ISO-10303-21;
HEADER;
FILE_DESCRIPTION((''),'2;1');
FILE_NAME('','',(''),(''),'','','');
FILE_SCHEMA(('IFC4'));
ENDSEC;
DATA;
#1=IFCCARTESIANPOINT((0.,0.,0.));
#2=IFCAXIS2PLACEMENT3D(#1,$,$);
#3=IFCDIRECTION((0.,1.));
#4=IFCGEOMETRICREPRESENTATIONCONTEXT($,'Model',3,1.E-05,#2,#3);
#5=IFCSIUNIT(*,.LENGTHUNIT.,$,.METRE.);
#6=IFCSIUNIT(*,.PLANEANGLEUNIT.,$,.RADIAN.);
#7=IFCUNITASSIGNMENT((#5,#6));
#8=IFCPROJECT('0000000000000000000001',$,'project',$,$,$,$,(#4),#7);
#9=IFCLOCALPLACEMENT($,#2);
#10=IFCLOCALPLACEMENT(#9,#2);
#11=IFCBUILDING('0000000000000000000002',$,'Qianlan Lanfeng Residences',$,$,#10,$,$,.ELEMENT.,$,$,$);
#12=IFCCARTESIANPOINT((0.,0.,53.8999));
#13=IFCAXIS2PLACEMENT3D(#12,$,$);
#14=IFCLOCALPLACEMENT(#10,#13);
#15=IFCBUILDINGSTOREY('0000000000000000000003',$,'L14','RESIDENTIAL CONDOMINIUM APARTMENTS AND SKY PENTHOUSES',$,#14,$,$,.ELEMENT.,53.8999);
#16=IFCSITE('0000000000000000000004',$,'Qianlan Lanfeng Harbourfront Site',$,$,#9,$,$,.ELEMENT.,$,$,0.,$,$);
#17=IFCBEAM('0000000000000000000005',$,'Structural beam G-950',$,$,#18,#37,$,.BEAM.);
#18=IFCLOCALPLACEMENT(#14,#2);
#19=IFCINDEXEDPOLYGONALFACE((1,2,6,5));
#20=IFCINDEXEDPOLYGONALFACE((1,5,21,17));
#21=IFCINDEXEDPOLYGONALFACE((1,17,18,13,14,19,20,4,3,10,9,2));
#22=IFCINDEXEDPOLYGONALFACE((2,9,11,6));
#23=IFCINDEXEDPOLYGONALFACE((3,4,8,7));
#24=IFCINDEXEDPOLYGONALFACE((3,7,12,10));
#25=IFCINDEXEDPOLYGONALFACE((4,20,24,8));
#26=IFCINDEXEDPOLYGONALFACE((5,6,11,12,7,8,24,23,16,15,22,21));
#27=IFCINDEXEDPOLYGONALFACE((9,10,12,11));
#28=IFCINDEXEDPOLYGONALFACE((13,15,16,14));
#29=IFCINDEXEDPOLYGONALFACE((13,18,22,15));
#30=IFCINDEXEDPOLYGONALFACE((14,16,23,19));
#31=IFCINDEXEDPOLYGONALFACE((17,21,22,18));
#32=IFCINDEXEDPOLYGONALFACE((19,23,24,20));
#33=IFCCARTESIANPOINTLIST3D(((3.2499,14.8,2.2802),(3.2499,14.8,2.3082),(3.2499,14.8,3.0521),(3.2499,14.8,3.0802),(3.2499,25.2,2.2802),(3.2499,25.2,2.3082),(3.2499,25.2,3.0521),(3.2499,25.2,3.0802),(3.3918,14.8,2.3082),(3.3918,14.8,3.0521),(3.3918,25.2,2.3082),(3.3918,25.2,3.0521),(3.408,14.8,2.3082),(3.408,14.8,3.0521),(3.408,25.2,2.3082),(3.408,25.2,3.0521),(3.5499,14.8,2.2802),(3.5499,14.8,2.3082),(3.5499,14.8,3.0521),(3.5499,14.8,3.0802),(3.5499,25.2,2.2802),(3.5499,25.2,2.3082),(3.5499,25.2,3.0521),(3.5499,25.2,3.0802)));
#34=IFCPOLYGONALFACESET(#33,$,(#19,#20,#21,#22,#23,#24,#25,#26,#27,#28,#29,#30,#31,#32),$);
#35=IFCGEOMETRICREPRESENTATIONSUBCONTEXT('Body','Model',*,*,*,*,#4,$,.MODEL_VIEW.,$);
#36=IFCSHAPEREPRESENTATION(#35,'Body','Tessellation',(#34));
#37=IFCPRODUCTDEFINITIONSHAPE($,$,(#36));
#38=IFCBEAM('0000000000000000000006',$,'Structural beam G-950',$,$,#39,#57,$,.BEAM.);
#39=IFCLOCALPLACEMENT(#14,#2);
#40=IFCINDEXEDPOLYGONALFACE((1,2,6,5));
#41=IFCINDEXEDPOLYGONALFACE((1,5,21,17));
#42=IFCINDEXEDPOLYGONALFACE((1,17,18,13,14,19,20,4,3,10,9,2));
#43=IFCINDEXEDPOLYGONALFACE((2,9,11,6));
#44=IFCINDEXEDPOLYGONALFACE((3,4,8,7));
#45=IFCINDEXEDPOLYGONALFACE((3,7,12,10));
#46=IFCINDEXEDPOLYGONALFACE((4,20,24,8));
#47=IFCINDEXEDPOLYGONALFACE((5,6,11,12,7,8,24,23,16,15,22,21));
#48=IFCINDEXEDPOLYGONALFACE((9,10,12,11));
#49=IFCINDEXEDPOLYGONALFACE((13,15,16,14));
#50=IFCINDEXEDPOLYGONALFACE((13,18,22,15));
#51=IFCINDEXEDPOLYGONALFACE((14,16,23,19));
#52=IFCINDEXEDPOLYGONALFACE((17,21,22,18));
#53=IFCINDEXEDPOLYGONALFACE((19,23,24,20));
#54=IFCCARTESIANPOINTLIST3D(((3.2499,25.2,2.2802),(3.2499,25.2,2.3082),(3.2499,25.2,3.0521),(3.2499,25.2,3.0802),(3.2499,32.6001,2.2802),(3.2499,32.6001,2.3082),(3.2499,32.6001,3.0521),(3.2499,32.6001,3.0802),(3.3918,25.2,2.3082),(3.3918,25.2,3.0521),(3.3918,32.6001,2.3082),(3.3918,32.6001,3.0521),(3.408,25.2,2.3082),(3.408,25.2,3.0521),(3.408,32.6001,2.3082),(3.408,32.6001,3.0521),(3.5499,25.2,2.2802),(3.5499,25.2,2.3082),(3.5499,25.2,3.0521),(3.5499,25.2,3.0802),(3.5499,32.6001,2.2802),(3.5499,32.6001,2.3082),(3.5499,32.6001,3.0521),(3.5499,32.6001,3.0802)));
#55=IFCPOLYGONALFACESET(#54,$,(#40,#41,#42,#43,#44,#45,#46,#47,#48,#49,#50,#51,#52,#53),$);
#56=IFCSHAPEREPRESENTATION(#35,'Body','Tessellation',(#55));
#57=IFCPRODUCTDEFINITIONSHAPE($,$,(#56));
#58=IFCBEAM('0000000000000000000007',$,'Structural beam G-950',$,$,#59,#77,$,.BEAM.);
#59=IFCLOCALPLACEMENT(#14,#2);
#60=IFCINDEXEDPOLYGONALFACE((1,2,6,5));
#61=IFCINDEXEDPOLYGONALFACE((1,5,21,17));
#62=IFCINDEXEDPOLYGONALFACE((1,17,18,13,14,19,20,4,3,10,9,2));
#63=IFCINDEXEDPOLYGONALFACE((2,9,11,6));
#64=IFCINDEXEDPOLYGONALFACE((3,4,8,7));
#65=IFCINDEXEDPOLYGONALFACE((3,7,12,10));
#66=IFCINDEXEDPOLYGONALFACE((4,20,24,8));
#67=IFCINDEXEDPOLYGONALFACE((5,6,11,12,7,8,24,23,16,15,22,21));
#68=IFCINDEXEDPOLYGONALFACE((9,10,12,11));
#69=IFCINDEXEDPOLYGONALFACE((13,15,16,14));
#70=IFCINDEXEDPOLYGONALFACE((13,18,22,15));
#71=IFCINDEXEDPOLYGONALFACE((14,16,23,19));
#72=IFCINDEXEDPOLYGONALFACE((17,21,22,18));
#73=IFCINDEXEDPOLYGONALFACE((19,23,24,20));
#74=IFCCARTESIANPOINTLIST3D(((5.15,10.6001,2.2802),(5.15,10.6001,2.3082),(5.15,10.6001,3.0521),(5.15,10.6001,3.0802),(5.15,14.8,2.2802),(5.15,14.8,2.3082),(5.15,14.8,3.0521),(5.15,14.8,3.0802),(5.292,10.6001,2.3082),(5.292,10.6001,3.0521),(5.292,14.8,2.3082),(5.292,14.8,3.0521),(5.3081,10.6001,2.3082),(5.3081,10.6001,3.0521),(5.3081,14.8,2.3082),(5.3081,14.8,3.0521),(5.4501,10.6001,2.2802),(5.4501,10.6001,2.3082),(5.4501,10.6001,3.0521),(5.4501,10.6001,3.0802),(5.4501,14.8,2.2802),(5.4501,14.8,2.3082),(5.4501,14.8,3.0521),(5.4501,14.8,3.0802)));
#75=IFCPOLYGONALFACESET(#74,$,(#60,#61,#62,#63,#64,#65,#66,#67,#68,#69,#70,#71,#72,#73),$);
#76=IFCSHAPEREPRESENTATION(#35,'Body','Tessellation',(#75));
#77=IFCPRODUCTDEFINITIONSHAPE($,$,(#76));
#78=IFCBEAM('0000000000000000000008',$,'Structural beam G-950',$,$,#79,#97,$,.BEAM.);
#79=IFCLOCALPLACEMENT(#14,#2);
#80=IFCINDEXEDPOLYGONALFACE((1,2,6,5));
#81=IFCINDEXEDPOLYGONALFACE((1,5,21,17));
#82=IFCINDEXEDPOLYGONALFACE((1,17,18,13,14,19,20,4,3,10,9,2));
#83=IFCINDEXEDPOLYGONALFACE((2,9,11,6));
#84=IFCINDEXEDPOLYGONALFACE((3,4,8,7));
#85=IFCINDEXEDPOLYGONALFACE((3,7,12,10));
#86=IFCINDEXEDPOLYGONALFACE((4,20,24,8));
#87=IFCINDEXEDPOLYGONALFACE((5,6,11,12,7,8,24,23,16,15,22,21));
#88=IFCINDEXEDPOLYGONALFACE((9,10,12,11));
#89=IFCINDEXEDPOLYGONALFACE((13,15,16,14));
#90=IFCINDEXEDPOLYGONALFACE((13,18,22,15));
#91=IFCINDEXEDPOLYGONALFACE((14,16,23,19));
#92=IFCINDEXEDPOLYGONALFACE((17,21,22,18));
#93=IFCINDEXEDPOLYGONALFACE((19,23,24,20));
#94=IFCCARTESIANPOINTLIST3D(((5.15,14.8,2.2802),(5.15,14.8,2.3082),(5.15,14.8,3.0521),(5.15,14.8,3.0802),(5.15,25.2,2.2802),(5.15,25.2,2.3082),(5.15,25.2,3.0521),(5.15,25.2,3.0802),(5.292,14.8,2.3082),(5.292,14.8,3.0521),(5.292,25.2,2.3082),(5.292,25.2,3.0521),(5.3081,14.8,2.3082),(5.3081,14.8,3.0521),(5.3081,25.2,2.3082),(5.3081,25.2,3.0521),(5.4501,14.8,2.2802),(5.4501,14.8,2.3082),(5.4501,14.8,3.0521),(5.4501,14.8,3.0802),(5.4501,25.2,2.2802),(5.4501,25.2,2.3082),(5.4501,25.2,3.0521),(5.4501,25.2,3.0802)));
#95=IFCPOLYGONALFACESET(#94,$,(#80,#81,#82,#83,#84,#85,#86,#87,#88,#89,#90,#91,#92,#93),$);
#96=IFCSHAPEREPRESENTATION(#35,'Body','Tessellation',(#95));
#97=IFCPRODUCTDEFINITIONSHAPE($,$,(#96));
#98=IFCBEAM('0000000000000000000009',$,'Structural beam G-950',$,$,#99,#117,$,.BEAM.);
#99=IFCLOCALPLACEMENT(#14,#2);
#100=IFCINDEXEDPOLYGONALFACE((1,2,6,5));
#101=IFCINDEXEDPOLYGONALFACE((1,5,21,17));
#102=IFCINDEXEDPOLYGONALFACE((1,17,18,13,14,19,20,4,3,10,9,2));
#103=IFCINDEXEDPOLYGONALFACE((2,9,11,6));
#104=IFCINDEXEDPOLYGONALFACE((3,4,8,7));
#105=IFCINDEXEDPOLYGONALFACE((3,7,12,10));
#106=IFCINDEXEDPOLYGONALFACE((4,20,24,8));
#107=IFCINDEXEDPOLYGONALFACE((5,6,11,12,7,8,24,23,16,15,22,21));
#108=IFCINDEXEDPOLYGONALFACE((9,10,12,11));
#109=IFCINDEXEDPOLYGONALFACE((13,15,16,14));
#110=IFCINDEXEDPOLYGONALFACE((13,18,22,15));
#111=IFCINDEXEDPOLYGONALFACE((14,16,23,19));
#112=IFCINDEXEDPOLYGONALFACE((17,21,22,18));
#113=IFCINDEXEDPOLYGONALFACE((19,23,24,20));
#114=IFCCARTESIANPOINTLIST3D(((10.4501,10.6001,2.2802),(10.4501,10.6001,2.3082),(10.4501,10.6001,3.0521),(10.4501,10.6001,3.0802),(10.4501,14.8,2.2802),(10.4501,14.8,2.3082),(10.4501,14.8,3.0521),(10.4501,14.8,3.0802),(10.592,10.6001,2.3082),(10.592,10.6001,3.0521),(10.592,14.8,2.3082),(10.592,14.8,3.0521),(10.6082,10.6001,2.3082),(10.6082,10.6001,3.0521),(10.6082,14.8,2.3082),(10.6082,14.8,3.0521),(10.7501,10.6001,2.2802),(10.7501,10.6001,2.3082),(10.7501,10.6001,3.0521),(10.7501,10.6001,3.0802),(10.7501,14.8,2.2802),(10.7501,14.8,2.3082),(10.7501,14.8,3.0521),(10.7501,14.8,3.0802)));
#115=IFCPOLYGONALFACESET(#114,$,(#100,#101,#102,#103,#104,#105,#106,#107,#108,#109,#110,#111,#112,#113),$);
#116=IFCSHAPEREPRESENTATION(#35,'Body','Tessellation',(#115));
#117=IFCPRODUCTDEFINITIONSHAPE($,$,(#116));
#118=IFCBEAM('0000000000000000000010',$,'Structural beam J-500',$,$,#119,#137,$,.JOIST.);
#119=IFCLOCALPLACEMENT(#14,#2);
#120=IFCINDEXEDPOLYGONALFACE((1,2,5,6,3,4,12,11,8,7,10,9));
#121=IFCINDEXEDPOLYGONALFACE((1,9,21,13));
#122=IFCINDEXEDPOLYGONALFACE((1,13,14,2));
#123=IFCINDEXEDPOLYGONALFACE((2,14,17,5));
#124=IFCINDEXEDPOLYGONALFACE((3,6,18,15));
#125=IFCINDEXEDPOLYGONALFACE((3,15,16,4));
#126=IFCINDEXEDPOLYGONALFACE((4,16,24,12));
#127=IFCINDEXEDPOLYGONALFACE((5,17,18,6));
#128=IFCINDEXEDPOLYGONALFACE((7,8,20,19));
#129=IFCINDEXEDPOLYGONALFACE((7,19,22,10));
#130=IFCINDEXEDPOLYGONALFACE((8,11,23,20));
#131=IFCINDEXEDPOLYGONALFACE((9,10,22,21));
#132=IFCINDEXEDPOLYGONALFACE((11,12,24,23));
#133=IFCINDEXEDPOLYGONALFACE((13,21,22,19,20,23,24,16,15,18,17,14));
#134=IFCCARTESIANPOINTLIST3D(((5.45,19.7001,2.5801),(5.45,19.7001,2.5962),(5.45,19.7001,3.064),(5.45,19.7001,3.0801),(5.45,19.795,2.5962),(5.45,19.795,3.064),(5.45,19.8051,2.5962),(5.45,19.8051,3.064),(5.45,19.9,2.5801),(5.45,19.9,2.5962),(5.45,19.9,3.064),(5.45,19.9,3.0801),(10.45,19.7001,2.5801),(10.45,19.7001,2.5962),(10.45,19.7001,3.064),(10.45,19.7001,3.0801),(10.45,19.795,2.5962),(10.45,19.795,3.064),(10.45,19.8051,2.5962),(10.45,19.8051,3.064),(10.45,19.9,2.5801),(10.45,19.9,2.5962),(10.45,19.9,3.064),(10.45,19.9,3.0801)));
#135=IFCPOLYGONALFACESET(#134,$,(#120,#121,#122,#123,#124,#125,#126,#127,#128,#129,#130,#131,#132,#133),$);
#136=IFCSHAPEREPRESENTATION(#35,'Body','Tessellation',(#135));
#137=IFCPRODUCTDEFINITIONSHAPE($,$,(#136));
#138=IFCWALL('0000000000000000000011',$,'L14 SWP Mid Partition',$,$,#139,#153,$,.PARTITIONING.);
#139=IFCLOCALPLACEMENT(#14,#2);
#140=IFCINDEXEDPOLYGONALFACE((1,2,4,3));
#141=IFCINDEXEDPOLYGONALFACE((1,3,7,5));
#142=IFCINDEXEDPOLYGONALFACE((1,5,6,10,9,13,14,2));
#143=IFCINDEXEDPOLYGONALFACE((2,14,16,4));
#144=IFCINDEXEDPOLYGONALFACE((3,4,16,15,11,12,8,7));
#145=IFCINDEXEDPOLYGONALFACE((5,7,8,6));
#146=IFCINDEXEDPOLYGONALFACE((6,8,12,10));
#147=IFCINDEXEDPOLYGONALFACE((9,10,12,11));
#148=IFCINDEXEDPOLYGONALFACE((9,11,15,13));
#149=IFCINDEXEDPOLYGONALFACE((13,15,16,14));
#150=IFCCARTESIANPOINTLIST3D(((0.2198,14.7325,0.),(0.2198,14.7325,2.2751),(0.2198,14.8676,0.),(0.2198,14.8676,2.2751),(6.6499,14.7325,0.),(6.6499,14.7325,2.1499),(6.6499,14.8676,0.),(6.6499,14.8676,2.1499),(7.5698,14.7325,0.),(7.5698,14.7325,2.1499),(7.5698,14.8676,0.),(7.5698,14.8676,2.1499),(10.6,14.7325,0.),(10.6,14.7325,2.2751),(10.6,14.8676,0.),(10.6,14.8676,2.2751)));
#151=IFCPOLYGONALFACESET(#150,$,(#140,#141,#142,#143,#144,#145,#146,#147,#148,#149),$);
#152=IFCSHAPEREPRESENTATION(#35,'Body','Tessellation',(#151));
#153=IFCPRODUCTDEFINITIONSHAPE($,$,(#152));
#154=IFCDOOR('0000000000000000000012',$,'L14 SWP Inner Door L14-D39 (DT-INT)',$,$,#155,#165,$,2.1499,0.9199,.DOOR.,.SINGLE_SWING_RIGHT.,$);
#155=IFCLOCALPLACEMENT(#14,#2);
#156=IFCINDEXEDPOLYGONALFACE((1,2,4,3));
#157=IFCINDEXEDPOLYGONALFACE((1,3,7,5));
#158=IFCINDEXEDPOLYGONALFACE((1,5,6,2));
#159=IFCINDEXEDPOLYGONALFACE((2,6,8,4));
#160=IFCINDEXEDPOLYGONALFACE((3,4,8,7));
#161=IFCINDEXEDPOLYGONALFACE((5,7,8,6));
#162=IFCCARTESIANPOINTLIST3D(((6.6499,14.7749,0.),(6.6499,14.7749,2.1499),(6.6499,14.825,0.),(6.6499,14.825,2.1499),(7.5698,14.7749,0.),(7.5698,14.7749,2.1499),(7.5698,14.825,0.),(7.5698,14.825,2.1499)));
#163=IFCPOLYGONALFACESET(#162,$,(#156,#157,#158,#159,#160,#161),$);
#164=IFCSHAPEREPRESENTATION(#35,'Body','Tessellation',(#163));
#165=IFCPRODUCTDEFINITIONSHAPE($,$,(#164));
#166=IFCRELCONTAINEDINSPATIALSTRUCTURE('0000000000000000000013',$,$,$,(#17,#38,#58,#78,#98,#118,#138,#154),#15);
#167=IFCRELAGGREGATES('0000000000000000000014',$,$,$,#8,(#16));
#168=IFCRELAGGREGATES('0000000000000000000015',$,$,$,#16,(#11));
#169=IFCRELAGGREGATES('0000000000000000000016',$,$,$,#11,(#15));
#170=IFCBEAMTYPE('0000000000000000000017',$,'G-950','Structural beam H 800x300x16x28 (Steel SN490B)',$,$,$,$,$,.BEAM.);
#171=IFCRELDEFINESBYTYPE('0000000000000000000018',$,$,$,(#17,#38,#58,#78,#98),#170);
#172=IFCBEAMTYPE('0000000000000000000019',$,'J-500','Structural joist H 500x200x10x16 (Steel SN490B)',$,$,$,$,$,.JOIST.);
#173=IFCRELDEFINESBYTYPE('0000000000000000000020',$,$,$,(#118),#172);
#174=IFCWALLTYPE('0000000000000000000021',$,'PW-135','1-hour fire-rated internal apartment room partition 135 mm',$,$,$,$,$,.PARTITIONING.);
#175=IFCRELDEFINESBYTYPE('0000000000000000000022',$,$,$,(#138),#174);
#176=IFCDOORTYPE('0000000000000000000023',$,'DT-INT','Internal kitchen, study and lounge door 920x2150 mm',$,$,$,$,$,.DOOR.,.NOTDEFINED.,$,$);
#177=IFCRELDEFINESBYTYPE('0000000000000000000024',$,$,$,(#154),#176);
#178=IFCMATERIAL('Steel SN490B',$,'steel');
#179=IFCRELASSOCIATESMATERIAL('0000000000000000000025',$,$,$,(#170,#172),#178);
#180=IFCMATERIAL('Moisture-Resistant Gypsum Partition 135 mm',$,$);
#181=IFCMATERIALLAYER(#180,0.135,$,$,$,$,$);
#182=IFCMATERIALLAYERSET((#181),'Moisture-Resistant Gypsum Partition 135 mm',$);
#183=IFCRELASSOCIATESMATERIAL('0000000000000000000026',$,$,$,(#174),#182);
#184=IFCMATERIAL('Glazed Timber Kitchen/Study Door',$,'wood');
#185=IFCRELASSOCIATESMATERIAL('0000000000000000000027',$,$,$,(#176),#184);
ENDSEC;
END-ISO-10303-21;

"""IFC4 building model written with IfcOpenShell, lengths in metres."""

from ifc_helpers import new_model, si_unit, direction, frame, frame_2d, origin, origin_2d, place, context, subcontext, project, spatial, rectangle, i_section, extrude, material, layer, layer_set, material_profile, profile_set, type_object, element, fill, save


model = new_model("IFC4")

# Units and contexts
model_context = context("Model", 3, precision=1e-05, world=origin(), true_north=direction((0.0, 1.0)))
body_context = subcontext(model_context, "Body", "Model", "MODEL_VIEW")
ifc_project = project(units=[si_unit("LENGTHUNIT", "METRE"), si_unit("PLANEANGLEUNIT", "RADIAN")], contexts=[model_context])

# Site, building, storey
site_placement = place(None, origin())
site = spatial("IfcSite", under=ifc_project, at=site_placement, Name="Qianlan Lanfeng Harbourfront Site", CompositionType="ELEMENT", RefElevation=0.0)
building_placement = place(site_placement, origin())
building = spatial("IfcBuilding", under=site, at=building_placement, Name="Qianlan Lanfeng Residences", CompositionType="ELEMENT")
storey_placement = place(building_placement, frame((0.0, 0.0, 53.8999)))
storey = spatial("IfcBuildingStorey", under=building, at=storey_placement, Name="L14", Description="RESIDENTIAL CONDOMINIUM APARTMENTS AND SKY PENTHOUSES", CompositionType="ELEMENT", Elevation=53.8999)

# Shared definitions
ifc_material_1 = material(Name="Steel SN490B", Category="steel")

# Beams
ifc_material_profile_1 = material_profile(ifc_material_1, i_section(OverallWidth=0.3, OverallDepth=0.8, WebThickness=0.0161, FlangeThickness=0.0281, at=origin_2d()), Name="H 800x300x16x28")
ifc_profile_set_1 = profile_set([ifc_material_profile_1], Name="Steel SN490B")
beam_type_1 = type_object("IfcBeamType", Name="G-950", Description="Structural beam H 800x300x16x28 (Steel SN490B)", PredefinedType="BEAM", material=ifc_profile_set_1)
beam_1_placement = place(storey_placement, frame((3.3999, 14.8, 2.6802), z_axis=(0.0, 1.0, 0.0), x_axis=(-1.0, 0.0, 0.0)))
element("IfcBeam", 1, at=beam_1_placement, inside=storey, type_object=beam_type_1, Name="Structural beam G-950", PredefinedType="BEAM", context=body_context, shape_type="SweptSolid", body=[
    extrude(i_section(OverallWidth=0.3, OverallDepth=0.8, WebThickness=0.0161, FlangeThickness=0.0281, at=origin_2d()), origin(), (0.0, 0.0, 1.0), 10.3999),
])
beam_2_placement = place(storey_placement, frame((3.3999, 25.2, 2.6802), z_axis=(0.0, 1.0, 0.0), x_axis=(-1.0, 0.0, 0.0)))
element("IfcBeam", 2, at=beam_2_placement, inside=storey, type_object=beam_type_1, Name="Structural beam G-950", PredefinedType="BEAM", context=body_context, shape_type="SweptSolid", body=[
    extrude(i_section(OverallWidth=0.3, OverallDepth=0.8, WebThickness=0.0161, FlangeThickness=0.0281, at=origin_2d()), origin(), (0.0, 0.0, 1.0), 7.4001),
])
beam_3_placement = place(storey_placement, frame((5.3, 10.6001, 2.6802), z_axis=(0.0, 1.0, 0.0), x_axis=(-1.0, 0.0, 0.0)))
element("IfcBeam", 3, at=beam_3_placement, inside=storey, type_object=beam_type_1, Name="Structural beam G-950", PredefinedType="BEAM", context=body_context, shape_type="SweptSolid", body=[
    extrude(i_section(OverallWidth=0.3, OverallDepth=0.8, WebThickness=0.0161, FlangeThickness=0.0281, at=origin_2d()), origin(), (0.0, 0.0, 1.0), 4.2),
])
beam_4_placement = place(storey_placement, frame((5.3, 14.8, 2.6802), z_axis=(0.0, 1.0, 0.0), x_axis=(-1.0, 0.0, 0.0)))
element("IfcBeam", 4, at=beam_4_placement, inside=storey, type_object=beam_type_1, Name="Structural beam G-950", PredefinedType="BEAM", context=body_context, shape_type="SweptSolid", body=[
    extrude(i_section(OverallWidth=0.3, OverallDepth=0.8, WebThickness=0.0161, FlangeThickness=0.0281, at=origin_2d()), origin(), (0.0, 0.0, 1.0), 10.3999),
])
beam_5_placement = place(storey_placement, frame((10.6001, 10.6001, 2.6802), z_axis=(0.0, 1.0, 0.0), x_axis=(-1.0, 0.0, 0.0)))
element("IfcBeam", 5, at=beam_5_placement, inside=storey, type_object=beam_type_1, Name="Structural beam G-950", PredefinedType="BEAM", context=body_context, shape_type="SweptSolid", body=[
    extrude(i_section(OverallWidth=0.3, OverallDepth=0.8, WebThickness=0.0161, FlangeThickness=0.0281, at=origin_2d()), origin(), (0.0, 0.0, 1.0), 4.2),
])
ifc_material_profile_2 = material_profile(ifc_material_1, i_section(OverallWidth=0.2, OverallDepth=0.5, WebThickness=0.01, FlangeThickness=0.0161, at=origin_2d()), Name="H 500x200x10x16")
ifc_profile_set_2 = profile_set([ifc_material_profile_2], Name="Steel SN490B")
beam_type_2 = type_object("IfcBeamType", Name="J-500", Description="Structural joist H 500x200x10x16 (Steel SN490B)", PredefinedType="JOIST", material=ifc_profile_set_2)
beam_6_placement = place(storey_placement, frame((5.45, 19.8, 2.8301), z_axis=(1.0, 0.0, 0.0), x_axis=(0.0, 1.0, 0.0)))
element("IfcBeam", 6, at=beam_6_placement, inside=storey, type_object=beam_type_2, Name="Structural beam J-500", PredefinedType="JOIST", context=body_context, shape_type="SweptSolid", body=[
    extrude(i_section(OverallWidth=0.2, OverallDepth=0.5, WebThickness=0.01, FlangeThickness=0.0161, at=origin_2d()), origin(), (0.0, 0.0, 1.0), 5.0),
])

# Wall, opening, door
ifc_material_2 = material(Name="Moisture-Resistant Gypsum Partition 135 mm")
ifc_layer_1 = layer(ifc_material_2, 0.135)
ifc_layer_set_1 = layer_set([ifc_layer_1], Name="Moisture-Resistant Gypsum Partition 135 mm")
wall_type_1 = type_object("IfcWallType", Name="PW-135", Description="1-hour fire-rated internal apartment room partition 135 mm", PredefinedType="PARTITIONING", material=ifc_layer_set_1)
wall_1_placement = place(storey_placement, frame((0.22, 14.8, 0.0), z_axis=(0.0, 0.0, 1.0), x_axis=(1.0, 0.0, 0.0)))
wall_1 = element("IfcWall", 7, at=wall_1_placement, inside=storey, type_object=wall_type_1, Name="L14 SWP Mid Partition", PredefinedType="PARTITIONING", context=body_context, shape_type="SweptSolid", body=[
    extrude(rectangle(XDim=10.3801, YDim=0.135, at=frame_2d((5.1899, 0.0))), origin(), (0.0, 0.0, 1.0), 2.2751),
])
opening_1_placement = place(wall_1_placement, frame((6.4299, 0.0, 0.0)))
opening_1 = element("IfcOpeningElement", 8, at=opening_1_placement, cuts=wall_1, PredefinedType="OPENING", context=body_context, shape_type="SweptSolid", body=[
    extrude(rectangle(XDim=0.9199, YDim=2.1499, at=frame_2d((0.46, 1.075))), frame((0.0, 0.0776, 0.0), z_axis=(0.0, -1.0, 0.0), x_axis=(1.0, 0.0, 0.0)), (0.0, 0.0, 1.0), 0.155),
])
ifc_material_3 = material(Name="Glazed Timber Kitchen/Study Door", Category="wood")
door_type_1 = type_object("IfcDoorType", Name="DT-INT", Description="Internal kitchen, study and lounge door 920x2150 mm", OperationType="NOTDEFINED", PredefinedType="DOOR", material=ifc_material_3)
door_1_placement = place(opening_1_placement, origin())
door_1 = element("IfcDoor", 9, at=door_1_placement, inside=storey, type_object=door_type_1, Name="L14 SWP Inner Door L14-D39 (DT-INT)", OperationType="SINGLE_SWING_RIGHT", OverallHeight=2.1499, OverallWidth=0.9199, PredefinedType="DOOR", context=body_context, shape_type="SweptSolid", body=[
    extrude(rectangle(XDim=0.9199, YDim=2.1499, at=frame_2d((0.46, 1.075))), frame((0.0, 0.0249, 0.0), z_axis=(0.0, -1.0, 0.0), x_axis=(1.0, 0.0, 0.0)), (0.0, 0.0, 1.0), 0.05),
])
fill(opening_1, door_1)

save(model, "model.ifc")
